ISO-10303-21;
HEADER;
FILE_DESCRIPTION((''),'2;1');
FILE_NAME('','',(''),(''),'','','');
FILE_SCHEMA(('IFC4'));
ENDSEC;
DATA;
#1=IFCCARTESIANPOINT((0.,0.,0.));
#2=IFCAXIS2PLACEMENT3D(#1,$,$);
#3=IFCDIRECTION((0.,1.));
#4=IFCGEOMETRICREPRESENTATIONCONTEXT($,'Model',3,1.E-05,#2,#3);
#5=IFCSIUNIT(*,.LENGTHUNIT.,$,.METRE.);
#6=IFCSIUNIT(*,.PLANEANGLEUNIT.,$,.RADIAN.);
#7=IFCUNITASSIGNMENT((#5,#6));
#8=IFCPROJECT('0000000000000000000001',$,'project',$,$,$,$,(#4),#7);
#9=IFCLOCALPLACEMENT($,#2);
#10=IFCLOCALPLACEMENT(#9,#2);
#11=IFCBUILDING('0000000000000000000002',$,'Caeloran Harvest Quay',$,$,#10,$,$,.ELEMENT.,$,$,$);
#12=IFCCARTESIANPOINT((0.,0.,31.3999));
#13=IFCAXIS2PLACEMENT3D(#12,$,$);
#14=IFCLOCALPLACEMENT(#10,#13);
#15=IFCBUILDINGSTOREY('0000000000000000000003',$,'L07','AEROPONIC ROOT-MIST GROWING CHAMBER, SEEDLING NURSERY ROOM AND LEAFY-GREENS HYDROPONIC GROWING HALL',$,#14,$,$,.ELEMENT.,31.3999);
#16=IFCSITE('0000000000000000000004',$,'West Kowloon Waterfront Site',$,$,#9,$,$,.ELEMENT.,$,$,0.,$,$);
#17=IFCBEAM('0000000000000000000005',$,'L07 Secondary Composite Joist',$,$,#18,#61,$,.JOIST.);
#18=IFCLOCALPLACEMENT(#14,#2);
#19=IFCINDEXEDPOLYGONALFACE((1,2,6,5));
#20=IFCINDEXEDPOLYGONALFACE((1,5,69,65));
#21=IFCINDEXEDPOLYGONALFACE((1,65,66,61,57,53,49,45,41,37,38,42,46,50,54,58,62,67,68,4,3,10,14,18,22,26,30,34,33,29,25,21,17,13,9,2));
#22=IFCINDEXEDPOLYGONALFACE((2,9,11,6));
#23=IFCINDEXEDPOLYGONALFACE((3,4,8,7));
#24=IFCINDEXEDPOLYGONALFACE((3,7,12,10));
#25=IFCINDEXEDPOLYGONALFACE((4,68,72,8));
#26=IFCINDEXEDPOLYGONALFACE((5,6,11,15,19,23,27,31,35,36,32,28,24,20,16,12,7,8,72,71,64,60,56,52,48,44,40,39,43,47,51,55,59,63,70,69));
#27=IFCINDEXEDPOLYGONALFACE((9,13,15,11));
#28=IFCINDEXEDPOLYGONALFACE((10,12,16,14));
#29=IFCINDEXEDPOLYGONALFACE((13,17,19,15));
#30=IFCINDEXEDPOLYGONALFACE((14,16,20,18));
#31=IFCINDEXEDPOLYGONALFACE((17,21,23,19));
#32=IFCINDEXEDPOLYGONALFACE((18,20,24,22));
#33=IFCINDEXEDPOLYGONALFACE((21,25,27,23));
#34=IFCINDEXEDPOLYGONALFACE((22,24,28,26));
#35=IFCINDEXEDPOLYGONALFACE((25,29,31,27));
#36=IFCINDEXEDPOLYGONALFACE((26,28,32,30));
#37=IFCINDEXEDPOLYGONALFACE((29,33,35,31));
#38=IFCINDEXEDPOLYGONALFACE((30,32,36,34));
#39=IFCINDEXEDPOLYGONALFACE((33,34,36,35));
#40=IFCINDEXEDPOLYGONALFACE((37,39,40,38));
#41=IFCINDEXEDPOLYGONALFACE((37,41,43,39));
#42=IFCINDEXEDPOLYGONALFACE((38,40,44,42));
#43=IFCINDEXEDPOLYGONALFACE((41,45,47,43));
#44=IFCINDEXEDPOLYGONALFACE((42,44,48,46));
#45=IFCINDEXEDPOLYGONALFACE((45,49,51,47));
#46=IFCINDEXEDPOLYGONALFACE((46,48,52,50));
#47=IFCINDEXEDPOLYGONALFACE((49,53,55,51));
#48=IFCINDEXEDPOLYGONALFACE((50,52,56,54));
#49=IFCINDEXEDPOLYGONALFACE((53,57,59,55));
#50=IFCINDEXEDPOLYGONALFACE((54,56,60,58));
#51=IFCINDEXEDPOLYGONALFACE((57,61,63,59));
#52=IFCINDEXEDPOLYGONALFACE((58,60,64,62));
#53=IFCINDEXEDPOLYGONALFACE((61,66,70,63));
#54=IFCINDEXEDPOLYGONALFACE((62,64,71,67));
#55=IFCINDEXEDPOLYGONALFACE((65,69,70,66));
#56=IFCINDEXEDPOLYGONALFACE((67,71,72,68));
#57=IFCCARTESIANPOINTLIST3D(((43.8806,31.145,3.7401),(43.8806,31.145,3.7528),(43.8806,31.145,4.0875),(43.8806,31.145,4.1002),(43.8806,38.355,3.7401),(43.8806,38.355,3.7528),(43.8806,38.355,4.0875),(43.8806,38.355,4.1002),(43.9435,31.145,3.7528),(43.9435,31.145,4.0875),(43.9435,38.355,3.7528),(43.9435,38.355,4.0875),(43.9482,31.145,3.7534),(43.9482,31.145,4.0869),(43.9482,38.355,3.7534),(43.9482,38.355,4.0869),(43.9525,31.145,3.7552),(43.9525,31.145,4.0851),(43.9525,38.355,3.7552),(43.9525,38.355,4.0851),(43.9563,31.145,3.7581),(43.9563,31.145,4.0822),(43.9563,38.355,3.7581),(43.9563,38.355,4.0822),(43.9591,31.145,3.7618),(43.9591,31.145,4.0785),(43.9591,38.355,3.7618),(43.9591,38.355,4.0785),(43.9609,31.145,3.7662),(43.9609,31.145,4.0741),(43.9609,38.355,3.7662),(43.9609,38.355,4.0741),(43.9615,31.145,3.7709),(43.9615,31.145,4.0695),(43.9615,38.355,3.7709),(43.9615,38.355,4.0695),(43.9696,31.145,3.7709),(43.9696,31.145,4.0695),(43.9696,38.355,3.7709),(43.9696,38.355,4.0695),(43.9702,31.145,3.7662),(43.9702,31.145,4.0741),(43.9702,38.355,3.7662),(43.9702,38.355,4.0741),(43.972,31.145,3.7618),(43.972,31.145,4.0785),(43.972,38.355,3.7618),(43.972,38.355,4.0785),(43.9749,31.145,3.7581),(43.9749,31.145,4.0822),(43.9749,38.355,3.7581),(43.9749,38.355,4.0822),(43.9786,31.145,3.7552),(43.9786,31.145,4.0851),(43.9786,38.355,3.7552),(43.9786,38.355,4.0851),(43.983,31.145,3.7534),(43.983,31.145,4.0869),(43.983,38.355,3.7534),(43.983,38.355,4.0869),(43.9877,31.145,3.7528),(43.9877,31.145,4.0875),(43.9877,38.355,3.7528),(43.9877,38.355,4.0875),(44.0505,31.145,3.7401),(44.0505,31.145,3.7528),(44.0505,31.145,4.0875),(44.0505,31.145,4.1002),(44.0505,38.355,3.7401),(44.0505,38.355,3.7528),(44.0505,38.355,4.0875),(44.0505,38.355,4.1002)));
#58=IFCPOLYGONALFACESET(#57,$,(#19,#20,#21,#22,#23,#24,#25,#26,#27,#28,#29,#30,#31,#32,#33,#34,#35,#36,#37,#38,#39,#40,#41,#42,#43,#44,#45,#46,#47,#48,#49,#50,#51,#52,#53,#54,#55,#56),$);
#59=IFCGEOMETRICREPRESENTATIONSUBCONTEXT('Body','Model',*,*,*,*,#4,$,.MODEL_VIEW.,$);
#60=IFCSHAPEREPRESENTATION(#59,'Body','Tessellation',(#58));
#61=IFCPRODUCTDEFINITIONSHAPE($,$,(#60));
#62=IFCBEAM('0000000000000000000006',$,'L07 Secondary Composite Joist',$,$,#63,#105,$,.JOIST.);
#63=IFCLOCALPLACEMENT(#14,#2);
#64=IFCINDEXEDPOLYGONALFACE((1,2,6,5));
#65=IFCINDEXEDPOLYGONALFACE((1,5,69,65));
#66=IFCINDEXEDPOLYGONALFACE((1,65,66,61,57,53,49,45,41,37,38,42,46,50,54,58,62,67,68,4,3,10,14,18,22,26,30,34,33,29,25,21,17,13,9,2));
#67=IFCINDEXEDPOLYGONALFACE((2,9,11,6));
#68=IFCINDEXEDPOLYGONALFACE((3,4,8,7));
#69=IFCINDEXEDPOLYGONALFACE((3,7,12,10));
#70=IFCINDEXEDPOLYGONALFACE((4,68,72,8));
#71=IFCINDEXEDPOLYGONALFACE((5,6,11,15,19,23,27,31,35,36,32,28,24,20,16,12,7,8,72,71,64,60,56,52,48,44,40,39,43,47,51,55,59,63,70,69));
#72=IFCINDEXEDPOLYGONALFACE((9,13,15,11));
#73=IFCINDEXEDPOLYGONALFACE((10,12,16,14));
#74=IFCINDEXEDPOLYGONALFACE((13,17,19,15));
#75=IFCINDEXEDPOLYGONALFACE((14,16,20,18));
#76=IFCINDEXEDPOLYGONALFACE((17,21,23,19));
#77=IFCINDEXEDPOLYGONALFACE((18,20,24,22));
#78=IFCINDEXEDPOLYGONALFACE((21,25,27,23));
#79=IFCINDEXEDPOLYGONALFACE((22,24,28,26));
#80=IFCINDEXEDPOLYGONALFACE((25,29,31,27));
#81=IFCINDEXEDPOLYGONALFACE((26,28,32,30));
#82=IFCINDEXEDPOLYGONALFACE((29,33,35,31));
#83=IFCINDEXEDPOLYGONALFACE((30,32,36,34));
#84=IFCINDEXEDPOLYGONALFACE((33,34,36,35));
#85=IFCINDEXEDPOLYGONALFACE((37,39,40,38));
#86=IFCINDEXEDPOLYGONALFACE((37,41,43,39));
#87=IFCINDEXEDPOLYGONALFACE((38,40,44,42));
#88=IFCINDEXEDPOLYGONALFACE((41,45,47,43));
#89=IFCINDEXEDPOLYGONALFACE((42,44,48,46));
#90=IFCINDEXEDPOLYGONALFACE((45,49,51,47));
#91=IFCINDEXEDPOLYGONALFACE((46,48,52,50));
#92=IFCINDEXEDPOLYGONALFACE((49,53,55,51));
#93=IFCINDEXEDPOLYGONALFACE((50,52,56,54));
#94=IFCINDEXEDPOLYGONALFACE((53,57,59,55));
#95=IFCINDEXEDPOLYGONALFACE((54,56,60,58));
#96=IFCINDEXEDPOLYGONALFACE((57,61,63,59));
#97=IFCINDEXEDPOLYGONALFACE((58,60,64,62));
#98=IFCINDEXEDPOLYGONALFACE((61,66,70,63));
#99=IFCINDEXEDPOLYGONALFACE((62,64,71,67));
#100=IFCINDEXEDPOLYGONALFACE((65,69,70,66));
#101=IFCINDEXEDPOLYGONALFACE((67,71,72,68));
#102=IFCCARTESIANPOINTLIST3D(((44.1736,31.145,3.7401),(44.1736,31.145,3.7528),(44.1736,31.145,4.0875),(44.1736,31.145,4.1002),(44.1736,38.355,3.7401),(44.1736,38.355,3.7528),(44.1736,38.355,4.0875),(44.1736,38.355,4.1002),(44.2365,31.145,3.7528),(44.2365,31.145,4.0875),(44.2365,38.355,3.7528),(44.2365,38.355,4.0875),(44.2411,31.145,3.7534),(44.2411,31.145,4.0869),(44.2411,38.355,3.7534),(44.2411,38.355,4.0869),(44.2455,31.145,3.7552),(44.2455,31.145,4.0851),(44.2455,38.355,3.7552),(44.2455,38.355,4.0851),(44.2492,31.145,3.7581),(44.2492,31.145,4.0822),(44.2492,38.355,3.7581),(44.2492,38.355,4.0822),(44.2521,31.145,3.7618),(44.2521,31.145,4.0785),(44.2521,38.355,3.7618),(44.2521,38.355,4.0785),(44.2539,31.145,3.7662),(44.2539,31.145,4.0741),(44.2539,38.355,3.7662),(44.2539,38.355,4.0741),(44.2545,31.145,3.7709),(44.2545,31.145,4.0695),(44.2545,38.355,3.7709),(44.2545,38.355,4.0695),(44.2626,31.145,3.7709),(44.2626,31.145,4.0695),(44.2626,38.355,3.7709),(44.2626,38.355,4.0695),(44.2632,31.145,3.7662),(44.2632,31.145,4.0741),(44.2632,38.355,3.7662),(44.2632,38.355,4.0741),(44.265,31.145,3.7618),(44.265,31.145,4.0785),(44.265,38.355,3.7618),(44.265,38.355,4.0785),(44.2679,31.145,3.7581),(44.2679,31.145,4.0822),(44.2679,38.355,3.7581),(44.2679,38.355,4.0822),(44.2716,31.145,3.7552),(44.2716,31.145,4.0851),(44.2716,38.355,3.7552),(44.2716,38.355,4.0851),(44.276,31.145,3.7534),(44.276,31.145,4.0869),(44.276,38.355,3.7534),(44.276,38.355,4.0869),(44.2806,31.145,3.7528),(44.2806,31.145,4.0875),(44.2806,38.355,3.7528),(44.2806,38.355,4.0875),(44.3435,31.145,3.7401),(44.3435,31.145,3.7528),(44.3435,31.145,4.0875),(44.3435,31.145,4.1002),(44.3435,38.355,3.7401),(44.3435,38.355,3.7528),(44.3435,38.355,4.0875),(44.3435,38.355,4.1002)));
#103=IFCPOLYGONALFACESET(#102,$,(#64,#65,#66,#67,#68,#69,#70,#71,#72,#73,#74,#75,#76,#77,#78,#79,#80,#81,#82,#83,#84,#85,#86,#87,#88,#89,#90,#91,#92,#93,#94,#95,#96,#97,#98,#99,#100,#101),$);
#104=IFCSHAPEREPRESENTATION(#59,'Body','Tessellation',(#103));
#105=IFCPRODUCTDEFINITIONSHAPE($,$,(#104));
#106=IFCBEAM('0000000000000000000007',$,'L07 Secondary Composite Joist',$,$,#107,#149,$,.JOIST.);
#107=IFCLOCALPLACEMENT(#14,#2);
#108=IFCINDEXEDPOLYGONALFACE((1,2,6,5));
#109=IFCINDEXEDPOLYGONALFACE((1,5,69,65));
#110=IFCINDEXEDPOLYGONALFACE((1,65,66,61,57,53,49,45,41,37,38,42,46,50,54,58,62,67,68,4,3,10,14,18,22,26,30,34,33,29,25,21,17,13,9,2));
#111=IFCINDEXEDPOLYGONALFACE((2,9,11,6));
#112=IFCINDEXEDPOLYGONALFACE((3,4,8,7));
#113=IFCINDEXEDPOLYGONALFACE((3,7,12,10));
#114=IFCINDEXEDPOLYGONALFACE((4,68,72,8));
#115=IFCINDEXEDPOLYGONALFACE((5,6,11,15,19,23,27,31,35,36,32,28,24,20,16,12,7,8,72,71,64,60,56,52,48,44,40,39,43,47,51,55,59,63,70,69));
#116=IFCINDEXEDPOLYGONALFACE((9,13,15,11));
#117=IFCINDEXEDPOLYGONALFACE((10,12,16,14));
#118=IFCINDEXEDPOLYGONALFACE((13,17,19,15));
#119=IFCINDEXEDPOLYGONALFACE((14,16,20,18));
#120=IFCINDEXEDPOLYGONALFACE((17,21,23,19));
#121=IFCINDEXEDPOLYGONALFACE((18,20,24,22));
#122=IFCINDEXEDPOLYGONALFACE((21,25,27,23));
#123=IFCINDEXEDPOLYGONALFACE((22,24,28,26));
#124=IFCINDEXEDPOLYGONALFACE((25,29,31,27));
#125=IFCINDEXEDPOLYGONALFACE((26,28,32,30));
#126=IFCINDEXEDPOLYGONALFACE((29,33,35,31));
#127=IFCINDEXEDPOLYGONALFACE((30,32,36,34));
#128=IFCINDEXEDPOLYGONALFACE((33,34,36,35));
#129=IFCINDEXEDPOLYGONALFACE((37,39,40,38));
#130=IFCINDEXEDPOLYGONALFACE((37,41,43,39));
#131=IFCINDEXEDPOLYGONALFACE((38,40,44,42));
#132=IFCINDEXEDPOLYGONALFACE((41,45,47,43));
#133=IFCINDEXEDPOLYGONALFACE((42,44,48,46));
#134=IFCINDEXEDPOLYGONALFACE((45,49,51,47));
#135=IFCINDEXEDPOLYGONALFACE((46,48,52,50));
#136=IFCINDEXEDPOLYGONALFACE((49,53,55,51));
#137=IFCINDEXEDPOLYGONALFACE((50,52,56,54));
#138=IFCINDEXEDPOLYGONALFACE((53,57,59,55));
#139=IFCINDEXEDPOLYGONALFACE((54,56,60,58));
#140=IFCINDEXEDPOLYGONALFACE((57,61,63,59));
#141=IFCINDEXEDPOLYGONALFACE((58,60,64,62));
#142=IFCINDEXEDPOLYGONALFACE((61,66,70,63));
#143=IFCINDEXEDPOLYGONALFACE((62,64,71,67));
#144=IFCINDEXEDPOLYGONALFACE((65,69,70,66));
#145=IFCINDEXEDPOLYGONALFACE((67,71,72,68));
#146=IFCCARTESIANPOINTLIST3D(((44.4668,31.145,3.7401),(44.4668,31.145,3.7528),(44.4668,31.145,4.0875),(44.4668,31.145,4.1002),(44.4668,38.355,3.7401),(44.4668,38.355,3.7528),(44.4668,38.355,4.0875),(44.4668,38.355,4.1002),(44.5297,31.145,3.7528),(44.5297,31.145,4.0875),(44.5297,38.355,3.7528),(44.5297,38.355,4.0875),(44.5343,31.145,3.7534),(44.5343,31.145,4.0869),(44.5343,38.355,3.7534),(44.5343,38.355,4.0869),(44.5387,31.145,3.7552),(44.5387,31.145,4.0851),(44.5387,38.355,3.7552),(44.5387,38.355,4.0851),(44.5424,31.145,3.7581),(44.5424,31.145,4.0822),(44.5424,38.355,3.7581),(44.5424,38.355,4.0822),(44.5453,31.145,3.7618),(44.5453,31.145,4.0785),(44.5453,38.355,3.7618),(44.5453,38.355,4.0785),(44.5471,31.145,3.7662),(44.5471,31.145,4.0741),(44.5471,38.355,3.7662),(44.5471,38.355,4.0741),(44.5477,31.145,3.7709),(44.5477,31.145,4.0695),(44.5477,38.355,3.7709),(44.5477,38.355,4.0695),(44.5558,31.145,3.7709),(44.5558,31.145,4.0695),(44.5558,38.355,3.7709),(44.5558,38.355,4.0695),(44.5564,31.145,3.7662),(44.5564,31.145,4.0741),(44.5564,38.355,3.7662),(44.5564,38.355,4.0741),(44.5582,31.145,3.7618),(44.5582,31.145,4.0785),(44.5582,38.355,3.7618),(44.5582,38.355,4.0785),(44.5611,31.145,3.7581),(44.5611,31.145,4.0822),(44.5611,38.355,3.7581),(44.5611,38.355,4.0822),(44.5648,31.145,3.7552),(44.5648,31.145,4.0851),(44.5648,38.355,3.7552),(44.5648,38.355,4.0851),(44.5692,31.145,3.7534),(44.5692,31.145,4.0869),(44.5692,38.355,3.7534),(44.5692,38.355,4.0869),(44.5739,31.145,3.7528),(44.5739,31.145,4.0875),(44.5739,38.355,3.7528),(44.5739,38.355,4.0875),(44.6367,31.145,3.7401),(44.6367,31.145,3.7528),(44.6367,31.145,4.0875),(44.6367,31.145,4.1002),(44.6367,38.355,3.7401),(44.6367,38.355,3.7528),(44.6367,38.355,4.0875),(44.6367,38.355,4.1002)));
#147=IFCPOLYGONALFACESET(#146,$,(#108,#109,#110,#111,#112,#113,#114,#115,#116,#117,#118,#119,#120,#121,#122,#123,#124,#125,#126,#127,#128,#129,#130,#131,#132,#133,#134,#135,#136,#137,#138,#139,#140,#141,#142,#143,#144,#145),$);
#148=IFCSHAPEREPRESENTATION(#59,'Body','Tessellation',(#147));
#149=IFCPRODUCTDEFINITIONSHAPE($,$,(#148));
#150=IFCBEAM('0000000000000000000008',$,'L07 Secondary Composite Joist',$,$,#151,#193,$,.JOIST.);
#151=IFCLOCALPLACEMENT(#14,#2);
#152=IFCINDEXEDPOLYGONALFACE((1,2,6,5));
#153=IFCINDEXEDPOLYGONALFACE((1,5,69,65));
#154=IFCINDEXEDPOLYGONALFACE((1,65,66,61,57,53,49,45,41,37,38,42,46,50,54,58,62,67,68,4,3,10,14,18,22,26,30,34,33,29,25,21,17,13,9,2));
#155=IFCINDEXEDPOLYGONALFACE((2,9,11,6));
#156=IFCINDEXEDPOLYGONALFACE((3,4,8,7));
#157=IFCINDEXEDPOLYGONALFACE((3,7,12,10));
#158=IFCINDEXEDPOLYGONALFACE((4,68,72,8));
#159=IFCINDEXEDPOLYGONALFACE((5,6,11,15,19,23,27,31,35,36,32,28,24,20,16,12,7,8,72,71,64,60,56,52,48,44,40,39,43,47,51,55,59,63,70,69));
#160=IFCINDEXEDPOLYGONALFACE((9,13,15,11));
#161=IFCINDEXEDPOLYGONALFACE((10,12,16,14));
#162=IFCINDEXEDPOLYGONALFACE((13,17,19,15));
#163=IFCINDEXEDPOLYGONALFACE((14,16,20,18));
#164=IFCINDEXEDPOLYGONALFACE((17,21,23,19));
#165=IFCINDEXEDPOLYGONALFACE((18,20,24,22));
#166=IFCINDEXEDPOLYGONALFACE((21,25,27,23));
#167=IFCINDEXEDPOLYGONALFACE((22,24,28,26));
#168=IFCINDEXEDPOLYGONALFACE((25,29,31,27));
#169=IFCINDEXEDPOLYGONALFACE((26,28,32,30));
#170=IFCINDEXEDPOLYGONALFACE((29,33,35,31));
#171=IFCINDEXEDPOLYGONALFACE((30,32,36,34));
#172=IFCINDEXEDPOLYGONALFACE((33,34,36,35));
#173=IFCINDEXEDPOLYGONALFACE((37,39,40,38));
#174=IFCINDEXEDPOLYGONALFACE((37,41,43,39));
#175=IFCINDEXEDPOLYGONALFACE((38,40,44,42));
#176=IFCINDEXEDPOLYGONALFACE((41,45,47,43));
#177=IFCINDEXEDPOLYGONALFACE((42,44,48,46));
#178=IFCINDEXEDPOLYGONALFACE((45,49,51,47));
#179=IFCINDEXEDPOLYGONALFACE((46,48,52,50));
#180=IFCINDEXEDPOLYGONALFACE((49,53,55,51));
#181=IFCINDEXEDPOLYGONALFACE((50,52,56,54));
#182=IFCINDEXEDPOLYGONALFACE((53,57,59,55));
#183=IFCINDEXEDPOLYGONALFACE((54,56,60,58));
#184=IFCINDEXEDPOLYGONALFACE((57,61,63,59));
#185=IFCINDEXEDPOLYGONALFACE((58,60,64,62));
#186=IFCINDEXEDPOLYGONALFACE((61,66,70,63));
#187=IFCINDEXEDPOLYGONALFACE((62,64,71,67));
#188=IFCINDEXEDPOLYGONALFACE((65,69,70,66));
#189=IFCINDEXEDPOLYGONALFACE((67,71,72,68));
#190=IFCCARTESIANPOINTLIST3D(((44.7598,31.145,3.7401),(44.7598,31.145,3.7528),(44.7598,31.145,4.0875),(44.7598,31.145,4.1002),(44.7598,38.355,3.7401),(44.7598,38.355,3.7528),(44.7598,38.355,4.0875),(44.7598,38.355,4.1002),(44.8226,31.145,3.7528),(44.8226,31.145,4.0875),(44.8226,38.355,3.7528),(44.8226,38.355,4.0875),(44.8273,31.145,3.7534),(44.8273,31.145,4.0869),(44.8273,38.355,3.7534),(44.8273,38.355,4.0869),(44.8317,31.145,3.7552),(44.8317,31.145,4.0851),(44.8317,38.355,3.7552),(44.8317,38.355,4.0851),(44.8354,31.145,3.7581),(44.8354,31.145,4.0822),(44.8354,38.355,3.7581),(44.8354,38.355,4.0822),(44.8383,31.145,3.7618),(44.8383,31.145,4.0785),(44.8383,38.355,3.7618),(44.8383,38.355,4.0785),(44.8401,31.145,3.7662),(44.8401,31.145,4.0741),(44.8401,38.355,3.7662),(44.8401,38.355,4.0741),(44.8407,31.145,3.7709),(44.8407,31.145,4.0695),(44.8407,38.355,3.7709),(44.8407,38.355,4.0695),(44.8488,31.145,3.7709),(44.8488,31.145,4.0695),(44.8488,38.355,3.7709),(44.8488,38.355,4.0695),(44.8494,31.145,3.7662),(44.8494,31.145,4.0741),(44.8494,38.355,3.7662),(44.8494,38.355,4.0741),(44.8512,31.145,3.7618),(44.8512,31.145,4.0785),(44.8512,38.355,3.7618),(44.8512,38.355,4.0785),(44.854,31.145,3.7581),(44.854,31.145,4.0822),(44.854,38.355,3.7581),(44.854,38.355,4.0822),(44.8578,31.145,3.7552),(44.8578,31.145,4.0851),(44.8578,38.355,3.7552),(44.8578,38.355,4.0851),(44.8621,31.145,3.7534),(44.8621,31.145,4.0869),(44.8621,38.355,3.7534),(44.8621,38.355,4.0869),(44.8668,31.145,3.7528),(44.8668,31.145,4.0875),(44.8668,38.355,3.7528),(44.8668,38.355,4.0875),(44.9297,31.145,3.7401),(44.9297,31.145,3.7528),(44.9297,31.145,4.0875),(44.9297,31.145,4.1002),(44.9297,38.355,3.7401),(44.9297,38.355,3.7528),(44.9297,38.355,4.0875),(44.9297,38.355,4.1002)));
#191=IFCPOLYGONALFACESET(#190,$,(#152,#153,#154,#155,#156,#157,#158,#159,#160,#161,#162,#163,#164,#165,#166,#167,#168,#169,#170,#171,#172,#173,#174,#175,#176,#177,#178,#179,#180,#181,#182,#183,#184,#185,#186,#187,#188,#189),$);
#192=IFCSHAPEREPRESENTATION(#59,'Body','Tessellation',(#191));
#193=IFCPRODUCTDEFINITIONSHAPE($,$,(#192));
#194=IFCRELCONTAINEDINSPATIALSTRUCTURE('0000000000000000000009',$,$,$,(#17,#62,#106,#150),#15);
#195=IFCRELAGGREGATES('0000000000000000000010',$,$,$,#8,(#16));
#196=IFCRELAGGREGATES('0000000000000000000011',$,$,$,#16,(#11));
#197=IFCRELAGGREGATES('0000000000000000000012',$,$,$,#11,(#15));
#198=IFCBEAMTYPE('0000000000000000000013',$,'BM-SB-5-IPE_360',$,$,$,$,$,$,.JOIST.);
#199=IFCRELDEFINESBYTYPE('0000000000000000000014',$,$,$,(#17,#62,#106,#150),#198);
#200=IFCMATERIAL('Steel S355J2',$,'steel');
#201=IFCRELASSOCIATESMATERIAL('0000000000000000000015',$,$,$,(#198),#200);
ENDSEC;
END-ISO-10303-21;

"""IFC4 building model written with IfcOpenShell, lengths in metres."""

from ifc_helpers import new_model, si_unit, direction, frame, origin, origin_2d, place, context, subcontext, project, spatial, i_section, extrude, material, material_profile, profile_set, type_object, element, save


model = new_model("IFC4")

# Units and contexts
model_context = context("Model", 3, precision=1e-05, world=origin(), true_north=direction((0.0, 1.0)))
body_context = subcontext(model_context, "Body", "Model", "MODEL_VIEW")
ifc_project = project(units=[si_unit("LENGTHUNIT", "METRE"), si_unit("PLANEANGLEUNIT", "RADIAN")], contexts=[model_context])

# Site, building, storey
site_placement = place(None, origin())
site = spatial("IfcSite", under=ifc_project, at=site_placement, Name="West Kowloon Waterfront Site", CompositionType="ELEMENT", RefElevation=0.0)
building_placement = place(site_placement, origin())
building = spatial("IfcBuilding", under=site, at=building_placement, Name="Caeloran Harvest Quay", CompositionType="ELEMENT")
storey_placement = place(building_placement, frame((0.0, 0.0, 31.3999)))
storey = spatial("IfcBuildingStorey", under=building, at=storey_placement, Name="L07", Description="AEROPONIC ROOT-MIST GROWING CHAMBER, SEEDLING NURSERY ROOM AND LEAFY-GREENS HYDROPONIC GROWING HALL", CompositionType="ELEMENT", Elevation=31.3999)

# Beams
ifc_material_1 = material(Name="Steel S355J2", Category="steel")
ifc_material_profile_1 = material_profile(ifc_material_1, i_section(OverallWidth=0.1699, OverallDepth=0.3601, WebThickness=0.0081, FlangeThickness=0.0127, FilletRadius=0.0181, at=origin_2d()), Name="IPE 360")
ifc_profile_set_1 = profile_set([ifc_material_profile_1], Name="Steel S355J2")
beam_type_1 = type_object("IfcBeamType", Name="BM-SB-5-IPE_360", PredefinedType="JOIST", material=ifc_profile_set_1)
for number, where, z_axis, x_axis, name in (
    (1, (43.9656, 31.145, 3.9202), (0.0, 1.0, 0.0), (-1.0, 0.0, 0.0), "L07 Secondary Composite Joist"),
    (2, (44.2585, 31.145, 3.9202), (0.0, 1.0, 0.0), (-1.0, 0.0, 0.0), "L07 Secondary Composite Joist"),
    (3, (44.5518, 31.145, 3.9202), (0.0, 1.0, 0.0), (-1.0, 0.0, 0.0), "L07 Secondary Composite Joist"),
    (4, (44.8447, 31.145, 3.9202), (0.0, 1.0, 0.0), (-1.0, 0.0, 0.0), "L07 Secondary Composite Joist"),
):
    element("IfcBeam", number, at=place(storey_placement, frame(where, z_axis=z_axis, x_axis=x_axis)), inside=storey, type_object=beam_type_1, Name=name, PredefinedType="JOIST", context=body_context, shape_type="SweptSolid", body=[
        extrude(i_section(OverallWidth=0.1699, OverallDepth=0.3601, WebThickness=0.0081, FlangeThickness=0.0127, FilletRadius=0.0181, at=origin_2d()), origin(), (0.0, 0.0, 1.0), 7.21),
    ])

save(model, "model.ifc")
